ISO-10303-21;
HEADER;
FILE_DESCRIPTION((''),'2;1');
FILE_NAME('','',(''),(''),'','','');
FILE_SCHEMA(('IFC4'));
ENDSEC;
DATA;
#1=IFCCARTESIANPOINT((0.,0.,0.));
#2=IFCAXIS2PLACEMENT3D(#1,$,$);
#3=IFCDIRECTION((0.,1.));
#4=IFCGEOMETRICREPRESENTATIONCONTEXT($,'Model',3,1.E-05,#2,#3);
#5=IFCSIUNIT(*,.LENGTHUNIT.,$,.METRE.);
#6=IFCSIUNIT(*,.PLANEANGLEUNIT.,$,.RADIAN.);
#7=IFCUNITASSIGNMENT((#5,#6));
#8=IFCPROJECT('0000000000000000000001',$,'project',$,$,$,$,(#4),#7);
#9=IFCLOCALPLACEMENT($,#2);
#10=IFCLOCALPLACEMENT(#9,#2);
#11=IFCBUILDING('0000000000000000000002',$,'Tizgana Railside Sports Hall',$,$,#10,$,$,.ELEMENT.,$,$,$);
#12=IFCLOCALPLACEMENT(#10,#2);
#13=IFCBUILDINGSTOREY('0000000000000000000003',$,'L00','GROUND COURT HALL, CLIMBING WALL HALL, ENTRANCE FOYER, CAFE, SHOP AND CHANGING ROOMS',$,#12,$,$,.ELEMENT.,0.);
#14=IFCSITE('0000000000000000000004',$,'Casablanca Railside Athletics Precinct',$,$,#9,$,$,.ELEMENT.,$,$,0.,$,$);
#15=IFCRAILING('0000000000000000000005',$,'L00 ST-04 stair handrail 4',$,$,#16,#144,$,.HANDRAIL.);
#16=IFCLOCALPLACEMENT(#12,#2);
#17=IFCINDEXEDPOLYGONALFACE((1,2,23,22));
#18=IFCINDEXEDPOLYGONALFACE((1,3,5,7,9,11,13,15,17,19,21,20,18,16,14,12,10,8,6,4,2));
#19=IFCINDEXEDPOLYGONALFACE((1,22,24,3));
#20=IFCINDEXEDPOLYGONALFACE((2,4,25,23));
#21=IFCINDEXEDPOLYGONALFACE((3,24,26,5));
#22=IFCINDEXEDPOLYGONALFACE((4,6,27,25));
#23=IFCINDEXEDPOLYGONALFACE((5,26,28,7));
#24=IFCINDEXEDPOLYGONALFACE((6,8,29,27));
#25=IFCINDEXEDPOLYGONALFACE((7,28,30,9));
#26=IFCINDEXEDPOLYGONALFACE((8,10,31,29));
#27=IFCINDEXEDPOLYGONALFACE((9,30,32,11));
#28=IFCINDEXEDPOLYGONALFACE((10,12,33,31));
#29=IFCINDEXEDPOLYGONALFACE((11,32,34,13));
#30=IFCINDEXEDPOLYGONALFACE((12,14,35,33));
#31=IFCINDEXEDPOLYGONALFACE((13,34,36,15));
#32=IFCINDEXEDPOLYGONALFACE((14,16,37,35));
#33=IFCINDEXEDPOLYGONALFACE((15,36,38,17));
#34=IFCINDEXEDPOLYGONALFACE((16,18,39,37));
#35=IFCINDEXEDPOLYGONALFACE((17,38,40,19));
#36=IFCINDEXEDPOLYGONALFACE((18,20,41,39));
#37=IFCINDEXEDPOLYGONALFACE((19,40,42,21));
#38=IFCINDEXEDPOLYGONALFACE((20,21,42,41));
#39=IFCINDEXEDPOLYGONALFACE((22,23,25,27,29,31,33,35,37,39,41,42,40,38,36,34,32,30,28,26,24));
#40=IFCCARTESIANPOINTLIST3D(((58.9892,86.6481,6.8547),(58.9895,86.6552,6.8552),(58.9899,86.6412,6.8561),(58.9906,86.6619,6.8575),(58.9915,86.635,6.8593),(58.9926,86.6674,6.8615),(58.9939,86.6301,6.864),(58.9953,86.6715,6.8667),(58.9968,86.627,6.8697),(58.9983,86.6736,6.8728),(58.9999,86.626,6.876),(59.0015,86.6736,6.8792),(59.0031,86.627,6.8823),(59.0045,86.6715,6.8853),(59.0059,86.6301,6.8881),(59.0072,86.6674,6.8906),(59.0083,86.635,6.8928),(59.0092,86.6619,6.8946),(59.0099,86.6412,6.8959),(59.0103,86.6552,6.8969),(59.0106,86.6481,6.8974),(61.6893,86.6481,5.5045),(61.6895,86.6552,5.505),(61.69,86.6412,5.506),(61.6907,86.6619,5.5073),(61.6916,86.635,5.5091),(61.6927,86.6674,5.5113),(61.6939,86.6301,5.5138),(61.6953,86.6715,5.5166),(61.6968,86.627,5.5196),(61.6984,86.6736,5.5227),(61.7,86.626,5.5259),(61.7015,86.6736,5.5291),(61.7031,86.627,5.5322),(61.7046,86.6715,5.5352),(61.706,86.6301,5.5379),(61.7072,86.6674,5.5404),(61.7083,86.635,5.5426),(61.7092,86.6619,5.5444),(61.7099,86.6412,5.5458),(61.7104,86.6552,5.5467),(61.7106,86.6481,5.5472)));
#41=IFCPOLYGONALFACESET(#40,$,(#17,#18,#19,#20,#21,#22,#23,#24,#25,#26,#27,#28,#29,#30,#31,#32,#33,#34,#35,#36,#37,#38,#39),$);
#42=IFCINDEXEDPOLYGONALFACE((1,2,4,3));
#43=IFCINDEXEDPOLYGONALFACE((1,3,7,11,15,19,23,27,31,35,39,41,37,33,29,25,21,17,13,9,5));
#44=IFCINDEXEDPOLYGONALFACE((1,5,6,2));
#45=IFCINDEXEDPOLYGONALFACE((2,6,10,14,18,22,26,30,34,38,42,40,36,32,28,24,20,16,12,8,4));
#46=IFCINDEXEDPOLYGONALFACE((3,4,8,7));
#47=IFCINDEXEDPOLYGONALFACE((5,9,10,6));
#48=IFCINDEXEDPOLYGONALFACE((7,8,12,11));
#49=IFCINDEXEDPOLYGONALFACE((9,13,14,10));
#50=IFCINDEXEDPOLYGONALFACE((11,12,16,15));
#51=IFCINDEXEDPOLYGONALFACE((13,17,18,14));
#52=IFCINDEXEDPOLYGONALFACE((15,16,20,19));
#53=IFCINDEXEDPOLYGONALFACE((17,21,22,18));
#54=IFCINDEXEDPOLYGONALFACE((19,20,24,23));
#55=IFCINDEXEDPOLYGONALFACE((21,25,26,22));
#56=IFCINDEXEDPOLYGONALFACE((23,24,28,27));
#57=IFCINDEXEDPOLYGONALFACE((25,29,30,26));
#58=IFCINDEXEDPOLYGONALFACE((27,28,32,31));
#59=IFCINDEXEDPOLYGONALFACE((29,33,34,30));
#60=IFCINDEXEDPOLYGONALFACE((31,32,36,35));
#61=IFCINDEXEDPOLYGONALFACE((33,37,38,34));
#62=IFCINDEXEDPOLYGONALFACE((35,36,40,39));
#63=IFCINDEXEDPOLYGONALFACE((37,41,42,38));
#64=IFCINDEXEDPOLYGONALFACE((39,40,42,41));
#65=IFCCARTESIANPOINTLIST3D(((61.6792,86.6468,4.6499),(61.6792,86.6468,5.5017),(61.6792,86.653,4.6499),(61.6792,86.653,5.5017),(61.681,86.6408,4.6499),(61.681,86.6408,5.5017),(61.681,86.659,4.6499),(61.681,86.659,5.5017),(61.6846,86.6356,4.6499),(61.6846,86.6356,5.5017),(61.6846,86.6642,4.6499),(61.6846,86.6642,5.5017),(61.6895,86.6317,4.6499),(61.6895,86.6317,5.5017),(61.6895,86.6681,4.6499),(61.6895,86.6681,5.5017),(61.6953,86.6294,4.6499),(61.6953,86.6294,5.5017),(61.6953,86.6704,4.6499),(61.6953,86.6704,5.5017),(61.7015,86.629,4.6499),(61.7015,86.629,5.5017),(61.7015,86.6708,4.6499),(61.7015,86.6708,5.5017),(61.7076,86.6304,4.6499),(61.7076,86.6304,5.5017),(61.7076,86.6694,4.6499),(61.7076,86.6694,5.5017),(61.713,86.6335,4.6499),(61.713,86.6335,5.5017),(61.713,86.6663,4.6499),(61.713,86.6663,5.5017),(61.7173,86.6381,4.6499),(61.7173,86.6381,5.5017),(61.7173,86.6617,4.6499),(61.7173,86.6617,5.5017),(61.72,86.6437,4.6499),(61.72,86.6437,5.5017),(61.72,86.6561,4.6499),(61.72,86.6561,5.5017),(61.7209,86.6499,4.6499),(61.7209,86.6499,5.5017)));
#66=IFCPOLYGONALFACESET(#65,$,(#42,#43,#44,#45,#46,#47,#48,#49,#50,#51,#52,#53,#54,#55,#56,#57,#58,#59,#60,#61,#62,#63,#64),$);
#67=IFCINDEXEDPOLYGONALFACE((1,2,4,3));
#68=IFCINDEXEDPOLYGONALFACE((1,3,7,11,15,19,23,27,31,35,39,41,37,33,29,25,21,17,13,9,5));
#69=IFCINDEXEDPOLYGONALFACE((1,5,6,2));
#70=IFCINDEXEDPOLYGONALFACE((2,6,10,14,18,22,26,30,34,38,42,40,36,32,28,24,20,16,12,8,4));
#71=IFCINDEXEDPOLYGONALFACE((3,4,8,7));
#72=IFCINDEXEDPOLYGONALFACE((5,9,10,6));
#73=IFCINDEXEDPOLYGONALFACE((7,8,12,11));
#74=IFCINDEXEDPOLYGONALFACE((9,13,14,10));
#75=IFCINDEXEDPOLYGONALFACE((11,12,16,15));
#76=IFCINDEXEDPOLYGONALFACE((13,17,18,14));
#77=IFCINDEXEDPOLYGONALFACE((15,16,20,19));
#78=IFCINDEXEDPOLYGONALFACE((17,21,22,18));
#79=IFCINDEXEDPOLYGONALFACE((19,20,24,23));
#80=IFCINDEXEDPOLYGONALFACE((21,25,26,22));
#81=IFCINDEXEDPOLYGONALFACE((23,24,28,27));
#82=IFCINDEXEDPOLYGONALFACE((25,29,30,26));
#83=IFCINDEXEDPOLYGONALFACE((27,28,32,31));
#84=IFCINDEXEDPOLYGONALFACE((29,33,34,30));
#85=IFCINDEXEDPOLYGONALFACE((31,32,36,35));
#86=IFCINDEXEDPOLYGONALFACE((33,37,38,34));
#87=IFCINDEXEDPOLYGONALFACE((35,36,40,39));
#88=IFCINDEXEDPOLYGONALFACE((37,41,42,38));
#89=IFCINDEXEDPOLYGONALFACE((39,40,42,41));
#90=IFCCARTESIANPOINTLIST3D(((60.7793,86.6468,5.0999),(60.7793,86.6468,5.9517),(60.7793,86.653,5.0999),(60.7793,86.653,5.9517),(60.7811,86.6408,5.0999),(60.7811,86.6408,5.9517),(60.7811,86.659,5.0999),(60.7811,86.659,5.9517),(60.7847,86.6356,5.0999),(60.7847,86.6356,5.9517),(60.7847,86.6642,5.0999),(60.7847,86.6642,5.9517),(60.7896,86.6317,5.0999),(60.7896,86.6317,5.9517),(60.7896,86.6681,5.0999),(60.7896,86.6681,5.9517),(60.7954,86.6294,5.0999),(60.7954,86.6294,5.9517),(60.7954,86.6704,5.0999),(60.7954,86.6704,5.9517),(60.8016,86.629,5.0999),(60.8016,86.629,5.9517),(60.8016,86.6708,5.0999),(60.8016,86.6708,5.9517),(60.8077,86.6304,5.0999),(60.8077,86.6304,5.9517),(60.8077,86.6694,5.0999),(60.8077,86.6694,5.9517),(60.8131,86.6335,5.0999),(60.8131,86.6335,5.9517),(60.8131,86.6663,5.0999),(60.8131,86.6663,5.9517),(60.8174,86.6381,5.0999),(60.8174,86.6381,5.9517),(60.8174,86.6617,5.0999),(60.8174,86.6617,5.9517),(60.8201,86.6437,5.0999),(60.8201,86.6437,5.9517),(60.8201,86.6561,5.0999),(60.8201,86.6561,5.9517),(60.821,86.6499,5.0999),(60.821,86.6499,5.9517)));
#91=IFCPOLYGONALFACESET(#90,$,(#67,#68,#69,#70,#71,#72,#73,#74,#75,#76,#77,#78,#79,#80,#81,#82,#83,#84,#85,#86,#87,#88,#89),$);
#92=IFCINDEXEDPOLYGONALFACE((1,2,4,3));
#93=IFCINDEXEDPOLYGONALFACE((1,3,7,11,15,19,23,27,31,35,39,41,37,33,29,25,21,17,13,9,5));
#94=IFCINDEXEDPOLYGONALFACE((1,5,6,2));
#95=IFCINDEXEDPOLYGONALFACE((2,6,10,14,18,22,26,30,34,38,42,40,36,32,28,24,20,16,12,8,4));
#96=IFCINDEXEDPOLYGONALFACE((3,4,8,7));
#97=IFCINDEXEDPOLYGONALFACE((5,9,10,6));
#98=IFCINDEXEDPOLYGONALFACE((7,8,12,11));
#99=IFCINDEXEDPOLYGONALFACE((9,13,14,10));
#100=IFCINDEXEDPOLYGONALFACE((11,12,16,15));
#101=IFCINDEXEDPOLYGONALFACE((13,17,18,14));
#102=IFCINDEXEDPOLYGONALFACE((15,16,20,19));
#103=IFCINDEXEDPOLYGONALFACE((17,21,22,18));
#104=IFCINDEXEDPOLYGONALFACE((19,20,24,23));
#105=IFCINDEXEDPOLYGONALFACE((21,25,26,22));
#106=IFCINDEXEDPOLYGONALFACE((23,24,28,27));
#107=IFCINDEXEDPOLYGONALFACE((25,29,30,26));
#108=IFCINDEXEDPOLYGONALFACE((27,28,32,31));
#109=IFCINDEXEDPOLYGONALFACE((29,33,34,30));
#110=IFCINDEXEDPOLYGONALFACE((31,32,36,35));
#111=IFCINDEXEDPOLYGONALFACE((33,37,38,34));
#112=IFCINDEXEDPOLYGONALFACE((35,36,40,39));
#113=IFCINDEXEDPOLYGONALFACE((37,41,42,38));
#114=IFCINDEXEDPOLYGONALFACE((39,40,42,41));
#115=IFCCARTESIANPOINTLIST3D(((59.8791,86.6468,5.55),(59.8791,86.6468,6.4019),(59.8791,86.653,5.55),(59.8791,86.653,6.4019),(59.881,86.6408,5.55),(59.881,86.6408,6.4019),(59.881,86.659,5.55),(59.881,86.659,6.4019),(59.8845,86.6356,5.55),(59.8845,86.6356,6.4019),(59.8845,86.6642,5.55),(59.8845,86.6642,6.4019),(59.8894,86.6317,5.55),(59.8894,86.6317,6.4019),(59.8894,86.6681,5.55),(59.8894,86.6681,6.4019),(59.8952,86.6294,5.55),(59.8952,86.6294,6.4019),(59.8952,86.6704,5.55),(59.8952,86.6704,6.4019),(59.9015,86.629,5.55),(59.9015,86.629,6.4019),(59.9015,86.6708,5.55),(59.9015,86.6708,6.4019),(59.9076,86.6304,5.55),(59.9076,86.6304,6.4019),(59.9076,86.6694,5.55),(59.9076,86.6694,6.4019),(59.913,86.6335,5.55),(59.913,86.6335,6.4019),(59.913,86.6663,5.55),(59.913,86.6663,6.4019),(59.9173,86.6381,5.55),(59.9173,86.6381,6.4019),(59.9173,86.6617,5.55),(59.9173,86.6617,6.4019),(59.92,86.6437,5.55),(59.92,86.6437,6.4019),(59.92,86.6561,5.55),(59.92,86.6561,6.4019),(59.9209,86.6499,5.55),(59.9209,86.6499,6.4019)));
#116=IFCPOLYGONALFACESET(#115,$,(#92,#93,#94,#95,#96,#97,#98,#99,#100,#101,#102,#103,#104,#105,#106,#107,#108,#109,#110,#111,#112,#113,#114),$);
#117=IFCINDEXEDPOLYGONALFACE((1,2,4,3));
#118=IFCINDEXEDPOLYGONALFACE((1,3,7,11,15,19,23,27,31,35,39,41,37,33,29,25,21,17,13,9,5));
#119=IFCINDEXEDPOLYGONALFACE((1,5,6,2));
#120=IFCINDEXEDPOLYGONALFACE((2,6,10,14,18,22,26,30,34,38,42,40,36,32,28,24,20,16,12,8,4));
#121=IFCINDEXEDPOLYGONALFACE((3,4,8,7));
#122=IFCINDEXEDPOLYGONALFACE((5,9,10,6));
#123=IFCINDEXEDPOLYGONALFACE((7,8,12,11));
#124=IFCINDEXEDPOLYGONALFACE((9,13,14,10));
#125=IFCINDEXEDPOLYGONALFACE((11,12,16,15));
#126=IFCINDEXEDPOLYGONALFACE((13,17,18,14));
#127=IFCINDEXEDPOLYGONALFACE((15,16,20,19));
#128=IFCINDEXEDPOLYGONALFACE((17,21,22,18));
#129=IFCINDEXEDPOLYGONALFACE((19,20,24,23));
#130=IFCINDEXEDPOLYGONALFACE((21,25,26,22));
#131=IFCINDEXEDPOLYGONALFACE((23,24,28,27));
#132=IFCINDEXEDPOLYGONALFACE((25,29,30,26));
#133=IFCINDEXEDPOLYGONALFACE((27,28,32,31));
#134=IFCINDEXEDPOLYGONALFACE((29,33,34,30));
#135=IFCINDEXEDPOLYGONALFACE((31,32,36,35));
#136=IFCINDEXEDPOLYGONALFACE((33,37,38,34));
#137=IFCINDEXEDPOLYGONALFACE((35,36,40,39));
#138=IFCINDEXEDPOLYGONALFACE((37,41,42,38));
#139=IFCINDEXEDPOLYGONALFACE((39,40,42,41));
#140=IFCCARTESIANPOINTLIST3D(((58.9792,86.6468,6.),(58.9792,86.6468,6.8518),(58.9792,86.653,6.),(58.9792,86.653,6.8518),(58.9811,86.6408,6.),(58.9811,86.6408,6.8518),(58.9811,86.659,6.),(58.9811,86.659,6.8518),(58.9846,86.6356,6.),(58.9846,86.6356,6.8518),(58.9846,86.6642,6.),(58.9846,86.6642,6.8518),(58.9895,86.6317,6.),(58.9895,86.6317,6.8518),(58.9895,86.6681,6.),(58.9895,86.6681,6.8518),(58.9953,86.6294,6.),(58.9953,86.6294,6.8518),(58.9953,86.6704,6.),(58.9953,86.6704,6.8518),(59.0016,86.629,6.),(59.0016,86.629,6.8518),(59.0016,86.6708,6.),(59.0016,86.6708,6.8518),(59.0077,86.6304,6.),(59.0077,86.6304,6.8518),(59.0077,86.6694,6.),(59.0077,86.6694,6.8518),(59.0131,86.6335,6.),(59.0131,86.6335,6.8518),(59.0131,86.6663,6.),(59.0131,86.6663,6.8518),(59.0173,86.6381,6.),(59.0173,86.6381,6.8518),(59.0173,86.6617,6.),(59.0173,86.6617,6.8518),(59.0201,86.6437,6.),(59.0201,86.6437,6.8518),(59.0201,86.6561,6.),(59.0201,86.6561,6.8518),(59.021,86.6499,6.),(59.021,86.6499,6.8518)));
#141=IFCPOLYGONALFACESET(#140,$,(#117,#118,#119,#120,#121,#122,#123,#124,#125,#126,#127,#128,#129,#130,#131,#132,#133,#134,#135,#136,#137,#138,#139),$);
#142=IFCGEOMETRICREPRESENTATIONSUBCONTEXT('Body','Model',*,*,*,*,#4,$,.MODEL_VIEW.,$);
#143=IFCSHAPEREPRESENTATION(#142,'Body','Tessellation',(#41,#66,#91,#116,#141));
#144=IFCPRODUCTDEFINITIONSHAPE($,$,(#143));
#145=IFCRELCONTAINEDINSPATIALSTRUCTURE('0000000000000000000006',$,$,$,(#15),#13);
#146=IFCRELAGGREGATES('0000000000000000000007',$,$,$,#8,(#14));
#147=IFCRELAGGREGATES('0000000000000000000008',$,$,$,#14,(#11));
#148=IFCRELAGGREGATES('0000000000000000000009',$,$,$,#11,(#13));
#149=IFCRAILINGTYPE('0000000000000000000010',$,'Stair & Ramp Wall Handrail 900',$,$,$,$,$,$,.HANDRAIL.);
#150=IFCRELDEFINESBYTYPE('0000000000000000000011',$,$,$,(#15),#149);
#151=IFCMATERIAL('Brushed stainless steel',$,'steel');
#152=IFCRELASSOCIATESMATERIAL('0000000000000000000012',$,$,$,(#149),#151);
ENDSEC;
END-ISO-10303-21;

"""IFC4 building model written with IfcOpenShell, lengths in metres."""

from ifc_helpers import new_model, si_unit, direction, frame, origin, origin_2d, place, context, subcontext, project, spatial, circle, extrude, material, type_object, element, save


model = new_model("IFC4")

# Units and contexts
model_context = context("Model", 3, precision=1e-05, world=origin(), true_north=direction((0.0, 1.0)))
body_context = subcontext(model_context, "Body", "Model", "MODEL_VIEW")
ifc_project = project(units=[si_unit("LENGTHUNIT", "METRE"), si_unit("PLANEANGLEUNIT", "RADIAN")], contexts=[model_context])

# Site, building, storey
site_placement = place(None, origin())
site = spatial("IfcSite", under=ifc_project, at=site_placement, Name="Casablanca Railside Athletics Precinct", CompositionType="ELEMENT", RefElevation=0.0)
building_placement = place(site_placement, origin())
building = spatial("IfcBuilding", under=site, at=building_placement, Name="Tizgana Railside Sports Hall", CompositionType="ELEMENT")
storey_placement = place(building_placement, origin())
storey = spatial("IfcBuildingStorey", under=building, at=storey_placement, Name="L00", Description="GROUND COURT HALL, CLIMBING WALL HALL, ENTRANCE FOYER, CAFE, SHOP AND CHANGING ROOMS", CompositionType="ELEMENT", Elevation=0.0)

# Railing
ifc_material_1 = material(Name="Brushed stainless steel", Category="steel")
railing_type_1 = type_object("IfcRailingType", Name="Stair & Ramp Wall Handrail 900", PredefinedType="HANDRAIL", material=ifc_material_1)
railing_1_placement = place(storey_placement, frame((61.7, 86.6499, 4.6499)))
element("IfcRailing", 1, at=railing_1_placement, inside=storey, type_object=railing_type_1, Name="L00 ST-04 stair handrail 4", PredefinedType="HANDRAIL", context=body_context, shape_type="SweptSolid", body=[
    extrude(circle(Radius=0.0239, at=origin_2d()), frame((0.0, 0.0, 0.876), z_axis=(-0.894411, 0.0, 0.447246), x_axis=(0.0, -1.0, 0.0)), (0.0, 0.0, 1.0), 3.0188),
    extrude(circle(Radius=0.021, at=origin_2d()), origin(), (0.0, 0.0, 1.0), 0.8518),
    extrude(circle(Radius=0.021, at=origin_2d()), frame((-0.8999, 0.0, 0.45)), (0.0, 0.0, 1.0), 0.8518),
    extrude(circle(Radius=0.021, at=origin_2d()), frame((-1.8, 0.0, 0.9001)), (0.0, 0.0, 1.0), 0.8518),
    extrude(circle(Radius=0.021, at=origin_2d()), frame((-2.7, 0.0, 1.3501)), (0.0, 0.0, 1.0), 0.8518),
])

save(model, "model.ifc")
